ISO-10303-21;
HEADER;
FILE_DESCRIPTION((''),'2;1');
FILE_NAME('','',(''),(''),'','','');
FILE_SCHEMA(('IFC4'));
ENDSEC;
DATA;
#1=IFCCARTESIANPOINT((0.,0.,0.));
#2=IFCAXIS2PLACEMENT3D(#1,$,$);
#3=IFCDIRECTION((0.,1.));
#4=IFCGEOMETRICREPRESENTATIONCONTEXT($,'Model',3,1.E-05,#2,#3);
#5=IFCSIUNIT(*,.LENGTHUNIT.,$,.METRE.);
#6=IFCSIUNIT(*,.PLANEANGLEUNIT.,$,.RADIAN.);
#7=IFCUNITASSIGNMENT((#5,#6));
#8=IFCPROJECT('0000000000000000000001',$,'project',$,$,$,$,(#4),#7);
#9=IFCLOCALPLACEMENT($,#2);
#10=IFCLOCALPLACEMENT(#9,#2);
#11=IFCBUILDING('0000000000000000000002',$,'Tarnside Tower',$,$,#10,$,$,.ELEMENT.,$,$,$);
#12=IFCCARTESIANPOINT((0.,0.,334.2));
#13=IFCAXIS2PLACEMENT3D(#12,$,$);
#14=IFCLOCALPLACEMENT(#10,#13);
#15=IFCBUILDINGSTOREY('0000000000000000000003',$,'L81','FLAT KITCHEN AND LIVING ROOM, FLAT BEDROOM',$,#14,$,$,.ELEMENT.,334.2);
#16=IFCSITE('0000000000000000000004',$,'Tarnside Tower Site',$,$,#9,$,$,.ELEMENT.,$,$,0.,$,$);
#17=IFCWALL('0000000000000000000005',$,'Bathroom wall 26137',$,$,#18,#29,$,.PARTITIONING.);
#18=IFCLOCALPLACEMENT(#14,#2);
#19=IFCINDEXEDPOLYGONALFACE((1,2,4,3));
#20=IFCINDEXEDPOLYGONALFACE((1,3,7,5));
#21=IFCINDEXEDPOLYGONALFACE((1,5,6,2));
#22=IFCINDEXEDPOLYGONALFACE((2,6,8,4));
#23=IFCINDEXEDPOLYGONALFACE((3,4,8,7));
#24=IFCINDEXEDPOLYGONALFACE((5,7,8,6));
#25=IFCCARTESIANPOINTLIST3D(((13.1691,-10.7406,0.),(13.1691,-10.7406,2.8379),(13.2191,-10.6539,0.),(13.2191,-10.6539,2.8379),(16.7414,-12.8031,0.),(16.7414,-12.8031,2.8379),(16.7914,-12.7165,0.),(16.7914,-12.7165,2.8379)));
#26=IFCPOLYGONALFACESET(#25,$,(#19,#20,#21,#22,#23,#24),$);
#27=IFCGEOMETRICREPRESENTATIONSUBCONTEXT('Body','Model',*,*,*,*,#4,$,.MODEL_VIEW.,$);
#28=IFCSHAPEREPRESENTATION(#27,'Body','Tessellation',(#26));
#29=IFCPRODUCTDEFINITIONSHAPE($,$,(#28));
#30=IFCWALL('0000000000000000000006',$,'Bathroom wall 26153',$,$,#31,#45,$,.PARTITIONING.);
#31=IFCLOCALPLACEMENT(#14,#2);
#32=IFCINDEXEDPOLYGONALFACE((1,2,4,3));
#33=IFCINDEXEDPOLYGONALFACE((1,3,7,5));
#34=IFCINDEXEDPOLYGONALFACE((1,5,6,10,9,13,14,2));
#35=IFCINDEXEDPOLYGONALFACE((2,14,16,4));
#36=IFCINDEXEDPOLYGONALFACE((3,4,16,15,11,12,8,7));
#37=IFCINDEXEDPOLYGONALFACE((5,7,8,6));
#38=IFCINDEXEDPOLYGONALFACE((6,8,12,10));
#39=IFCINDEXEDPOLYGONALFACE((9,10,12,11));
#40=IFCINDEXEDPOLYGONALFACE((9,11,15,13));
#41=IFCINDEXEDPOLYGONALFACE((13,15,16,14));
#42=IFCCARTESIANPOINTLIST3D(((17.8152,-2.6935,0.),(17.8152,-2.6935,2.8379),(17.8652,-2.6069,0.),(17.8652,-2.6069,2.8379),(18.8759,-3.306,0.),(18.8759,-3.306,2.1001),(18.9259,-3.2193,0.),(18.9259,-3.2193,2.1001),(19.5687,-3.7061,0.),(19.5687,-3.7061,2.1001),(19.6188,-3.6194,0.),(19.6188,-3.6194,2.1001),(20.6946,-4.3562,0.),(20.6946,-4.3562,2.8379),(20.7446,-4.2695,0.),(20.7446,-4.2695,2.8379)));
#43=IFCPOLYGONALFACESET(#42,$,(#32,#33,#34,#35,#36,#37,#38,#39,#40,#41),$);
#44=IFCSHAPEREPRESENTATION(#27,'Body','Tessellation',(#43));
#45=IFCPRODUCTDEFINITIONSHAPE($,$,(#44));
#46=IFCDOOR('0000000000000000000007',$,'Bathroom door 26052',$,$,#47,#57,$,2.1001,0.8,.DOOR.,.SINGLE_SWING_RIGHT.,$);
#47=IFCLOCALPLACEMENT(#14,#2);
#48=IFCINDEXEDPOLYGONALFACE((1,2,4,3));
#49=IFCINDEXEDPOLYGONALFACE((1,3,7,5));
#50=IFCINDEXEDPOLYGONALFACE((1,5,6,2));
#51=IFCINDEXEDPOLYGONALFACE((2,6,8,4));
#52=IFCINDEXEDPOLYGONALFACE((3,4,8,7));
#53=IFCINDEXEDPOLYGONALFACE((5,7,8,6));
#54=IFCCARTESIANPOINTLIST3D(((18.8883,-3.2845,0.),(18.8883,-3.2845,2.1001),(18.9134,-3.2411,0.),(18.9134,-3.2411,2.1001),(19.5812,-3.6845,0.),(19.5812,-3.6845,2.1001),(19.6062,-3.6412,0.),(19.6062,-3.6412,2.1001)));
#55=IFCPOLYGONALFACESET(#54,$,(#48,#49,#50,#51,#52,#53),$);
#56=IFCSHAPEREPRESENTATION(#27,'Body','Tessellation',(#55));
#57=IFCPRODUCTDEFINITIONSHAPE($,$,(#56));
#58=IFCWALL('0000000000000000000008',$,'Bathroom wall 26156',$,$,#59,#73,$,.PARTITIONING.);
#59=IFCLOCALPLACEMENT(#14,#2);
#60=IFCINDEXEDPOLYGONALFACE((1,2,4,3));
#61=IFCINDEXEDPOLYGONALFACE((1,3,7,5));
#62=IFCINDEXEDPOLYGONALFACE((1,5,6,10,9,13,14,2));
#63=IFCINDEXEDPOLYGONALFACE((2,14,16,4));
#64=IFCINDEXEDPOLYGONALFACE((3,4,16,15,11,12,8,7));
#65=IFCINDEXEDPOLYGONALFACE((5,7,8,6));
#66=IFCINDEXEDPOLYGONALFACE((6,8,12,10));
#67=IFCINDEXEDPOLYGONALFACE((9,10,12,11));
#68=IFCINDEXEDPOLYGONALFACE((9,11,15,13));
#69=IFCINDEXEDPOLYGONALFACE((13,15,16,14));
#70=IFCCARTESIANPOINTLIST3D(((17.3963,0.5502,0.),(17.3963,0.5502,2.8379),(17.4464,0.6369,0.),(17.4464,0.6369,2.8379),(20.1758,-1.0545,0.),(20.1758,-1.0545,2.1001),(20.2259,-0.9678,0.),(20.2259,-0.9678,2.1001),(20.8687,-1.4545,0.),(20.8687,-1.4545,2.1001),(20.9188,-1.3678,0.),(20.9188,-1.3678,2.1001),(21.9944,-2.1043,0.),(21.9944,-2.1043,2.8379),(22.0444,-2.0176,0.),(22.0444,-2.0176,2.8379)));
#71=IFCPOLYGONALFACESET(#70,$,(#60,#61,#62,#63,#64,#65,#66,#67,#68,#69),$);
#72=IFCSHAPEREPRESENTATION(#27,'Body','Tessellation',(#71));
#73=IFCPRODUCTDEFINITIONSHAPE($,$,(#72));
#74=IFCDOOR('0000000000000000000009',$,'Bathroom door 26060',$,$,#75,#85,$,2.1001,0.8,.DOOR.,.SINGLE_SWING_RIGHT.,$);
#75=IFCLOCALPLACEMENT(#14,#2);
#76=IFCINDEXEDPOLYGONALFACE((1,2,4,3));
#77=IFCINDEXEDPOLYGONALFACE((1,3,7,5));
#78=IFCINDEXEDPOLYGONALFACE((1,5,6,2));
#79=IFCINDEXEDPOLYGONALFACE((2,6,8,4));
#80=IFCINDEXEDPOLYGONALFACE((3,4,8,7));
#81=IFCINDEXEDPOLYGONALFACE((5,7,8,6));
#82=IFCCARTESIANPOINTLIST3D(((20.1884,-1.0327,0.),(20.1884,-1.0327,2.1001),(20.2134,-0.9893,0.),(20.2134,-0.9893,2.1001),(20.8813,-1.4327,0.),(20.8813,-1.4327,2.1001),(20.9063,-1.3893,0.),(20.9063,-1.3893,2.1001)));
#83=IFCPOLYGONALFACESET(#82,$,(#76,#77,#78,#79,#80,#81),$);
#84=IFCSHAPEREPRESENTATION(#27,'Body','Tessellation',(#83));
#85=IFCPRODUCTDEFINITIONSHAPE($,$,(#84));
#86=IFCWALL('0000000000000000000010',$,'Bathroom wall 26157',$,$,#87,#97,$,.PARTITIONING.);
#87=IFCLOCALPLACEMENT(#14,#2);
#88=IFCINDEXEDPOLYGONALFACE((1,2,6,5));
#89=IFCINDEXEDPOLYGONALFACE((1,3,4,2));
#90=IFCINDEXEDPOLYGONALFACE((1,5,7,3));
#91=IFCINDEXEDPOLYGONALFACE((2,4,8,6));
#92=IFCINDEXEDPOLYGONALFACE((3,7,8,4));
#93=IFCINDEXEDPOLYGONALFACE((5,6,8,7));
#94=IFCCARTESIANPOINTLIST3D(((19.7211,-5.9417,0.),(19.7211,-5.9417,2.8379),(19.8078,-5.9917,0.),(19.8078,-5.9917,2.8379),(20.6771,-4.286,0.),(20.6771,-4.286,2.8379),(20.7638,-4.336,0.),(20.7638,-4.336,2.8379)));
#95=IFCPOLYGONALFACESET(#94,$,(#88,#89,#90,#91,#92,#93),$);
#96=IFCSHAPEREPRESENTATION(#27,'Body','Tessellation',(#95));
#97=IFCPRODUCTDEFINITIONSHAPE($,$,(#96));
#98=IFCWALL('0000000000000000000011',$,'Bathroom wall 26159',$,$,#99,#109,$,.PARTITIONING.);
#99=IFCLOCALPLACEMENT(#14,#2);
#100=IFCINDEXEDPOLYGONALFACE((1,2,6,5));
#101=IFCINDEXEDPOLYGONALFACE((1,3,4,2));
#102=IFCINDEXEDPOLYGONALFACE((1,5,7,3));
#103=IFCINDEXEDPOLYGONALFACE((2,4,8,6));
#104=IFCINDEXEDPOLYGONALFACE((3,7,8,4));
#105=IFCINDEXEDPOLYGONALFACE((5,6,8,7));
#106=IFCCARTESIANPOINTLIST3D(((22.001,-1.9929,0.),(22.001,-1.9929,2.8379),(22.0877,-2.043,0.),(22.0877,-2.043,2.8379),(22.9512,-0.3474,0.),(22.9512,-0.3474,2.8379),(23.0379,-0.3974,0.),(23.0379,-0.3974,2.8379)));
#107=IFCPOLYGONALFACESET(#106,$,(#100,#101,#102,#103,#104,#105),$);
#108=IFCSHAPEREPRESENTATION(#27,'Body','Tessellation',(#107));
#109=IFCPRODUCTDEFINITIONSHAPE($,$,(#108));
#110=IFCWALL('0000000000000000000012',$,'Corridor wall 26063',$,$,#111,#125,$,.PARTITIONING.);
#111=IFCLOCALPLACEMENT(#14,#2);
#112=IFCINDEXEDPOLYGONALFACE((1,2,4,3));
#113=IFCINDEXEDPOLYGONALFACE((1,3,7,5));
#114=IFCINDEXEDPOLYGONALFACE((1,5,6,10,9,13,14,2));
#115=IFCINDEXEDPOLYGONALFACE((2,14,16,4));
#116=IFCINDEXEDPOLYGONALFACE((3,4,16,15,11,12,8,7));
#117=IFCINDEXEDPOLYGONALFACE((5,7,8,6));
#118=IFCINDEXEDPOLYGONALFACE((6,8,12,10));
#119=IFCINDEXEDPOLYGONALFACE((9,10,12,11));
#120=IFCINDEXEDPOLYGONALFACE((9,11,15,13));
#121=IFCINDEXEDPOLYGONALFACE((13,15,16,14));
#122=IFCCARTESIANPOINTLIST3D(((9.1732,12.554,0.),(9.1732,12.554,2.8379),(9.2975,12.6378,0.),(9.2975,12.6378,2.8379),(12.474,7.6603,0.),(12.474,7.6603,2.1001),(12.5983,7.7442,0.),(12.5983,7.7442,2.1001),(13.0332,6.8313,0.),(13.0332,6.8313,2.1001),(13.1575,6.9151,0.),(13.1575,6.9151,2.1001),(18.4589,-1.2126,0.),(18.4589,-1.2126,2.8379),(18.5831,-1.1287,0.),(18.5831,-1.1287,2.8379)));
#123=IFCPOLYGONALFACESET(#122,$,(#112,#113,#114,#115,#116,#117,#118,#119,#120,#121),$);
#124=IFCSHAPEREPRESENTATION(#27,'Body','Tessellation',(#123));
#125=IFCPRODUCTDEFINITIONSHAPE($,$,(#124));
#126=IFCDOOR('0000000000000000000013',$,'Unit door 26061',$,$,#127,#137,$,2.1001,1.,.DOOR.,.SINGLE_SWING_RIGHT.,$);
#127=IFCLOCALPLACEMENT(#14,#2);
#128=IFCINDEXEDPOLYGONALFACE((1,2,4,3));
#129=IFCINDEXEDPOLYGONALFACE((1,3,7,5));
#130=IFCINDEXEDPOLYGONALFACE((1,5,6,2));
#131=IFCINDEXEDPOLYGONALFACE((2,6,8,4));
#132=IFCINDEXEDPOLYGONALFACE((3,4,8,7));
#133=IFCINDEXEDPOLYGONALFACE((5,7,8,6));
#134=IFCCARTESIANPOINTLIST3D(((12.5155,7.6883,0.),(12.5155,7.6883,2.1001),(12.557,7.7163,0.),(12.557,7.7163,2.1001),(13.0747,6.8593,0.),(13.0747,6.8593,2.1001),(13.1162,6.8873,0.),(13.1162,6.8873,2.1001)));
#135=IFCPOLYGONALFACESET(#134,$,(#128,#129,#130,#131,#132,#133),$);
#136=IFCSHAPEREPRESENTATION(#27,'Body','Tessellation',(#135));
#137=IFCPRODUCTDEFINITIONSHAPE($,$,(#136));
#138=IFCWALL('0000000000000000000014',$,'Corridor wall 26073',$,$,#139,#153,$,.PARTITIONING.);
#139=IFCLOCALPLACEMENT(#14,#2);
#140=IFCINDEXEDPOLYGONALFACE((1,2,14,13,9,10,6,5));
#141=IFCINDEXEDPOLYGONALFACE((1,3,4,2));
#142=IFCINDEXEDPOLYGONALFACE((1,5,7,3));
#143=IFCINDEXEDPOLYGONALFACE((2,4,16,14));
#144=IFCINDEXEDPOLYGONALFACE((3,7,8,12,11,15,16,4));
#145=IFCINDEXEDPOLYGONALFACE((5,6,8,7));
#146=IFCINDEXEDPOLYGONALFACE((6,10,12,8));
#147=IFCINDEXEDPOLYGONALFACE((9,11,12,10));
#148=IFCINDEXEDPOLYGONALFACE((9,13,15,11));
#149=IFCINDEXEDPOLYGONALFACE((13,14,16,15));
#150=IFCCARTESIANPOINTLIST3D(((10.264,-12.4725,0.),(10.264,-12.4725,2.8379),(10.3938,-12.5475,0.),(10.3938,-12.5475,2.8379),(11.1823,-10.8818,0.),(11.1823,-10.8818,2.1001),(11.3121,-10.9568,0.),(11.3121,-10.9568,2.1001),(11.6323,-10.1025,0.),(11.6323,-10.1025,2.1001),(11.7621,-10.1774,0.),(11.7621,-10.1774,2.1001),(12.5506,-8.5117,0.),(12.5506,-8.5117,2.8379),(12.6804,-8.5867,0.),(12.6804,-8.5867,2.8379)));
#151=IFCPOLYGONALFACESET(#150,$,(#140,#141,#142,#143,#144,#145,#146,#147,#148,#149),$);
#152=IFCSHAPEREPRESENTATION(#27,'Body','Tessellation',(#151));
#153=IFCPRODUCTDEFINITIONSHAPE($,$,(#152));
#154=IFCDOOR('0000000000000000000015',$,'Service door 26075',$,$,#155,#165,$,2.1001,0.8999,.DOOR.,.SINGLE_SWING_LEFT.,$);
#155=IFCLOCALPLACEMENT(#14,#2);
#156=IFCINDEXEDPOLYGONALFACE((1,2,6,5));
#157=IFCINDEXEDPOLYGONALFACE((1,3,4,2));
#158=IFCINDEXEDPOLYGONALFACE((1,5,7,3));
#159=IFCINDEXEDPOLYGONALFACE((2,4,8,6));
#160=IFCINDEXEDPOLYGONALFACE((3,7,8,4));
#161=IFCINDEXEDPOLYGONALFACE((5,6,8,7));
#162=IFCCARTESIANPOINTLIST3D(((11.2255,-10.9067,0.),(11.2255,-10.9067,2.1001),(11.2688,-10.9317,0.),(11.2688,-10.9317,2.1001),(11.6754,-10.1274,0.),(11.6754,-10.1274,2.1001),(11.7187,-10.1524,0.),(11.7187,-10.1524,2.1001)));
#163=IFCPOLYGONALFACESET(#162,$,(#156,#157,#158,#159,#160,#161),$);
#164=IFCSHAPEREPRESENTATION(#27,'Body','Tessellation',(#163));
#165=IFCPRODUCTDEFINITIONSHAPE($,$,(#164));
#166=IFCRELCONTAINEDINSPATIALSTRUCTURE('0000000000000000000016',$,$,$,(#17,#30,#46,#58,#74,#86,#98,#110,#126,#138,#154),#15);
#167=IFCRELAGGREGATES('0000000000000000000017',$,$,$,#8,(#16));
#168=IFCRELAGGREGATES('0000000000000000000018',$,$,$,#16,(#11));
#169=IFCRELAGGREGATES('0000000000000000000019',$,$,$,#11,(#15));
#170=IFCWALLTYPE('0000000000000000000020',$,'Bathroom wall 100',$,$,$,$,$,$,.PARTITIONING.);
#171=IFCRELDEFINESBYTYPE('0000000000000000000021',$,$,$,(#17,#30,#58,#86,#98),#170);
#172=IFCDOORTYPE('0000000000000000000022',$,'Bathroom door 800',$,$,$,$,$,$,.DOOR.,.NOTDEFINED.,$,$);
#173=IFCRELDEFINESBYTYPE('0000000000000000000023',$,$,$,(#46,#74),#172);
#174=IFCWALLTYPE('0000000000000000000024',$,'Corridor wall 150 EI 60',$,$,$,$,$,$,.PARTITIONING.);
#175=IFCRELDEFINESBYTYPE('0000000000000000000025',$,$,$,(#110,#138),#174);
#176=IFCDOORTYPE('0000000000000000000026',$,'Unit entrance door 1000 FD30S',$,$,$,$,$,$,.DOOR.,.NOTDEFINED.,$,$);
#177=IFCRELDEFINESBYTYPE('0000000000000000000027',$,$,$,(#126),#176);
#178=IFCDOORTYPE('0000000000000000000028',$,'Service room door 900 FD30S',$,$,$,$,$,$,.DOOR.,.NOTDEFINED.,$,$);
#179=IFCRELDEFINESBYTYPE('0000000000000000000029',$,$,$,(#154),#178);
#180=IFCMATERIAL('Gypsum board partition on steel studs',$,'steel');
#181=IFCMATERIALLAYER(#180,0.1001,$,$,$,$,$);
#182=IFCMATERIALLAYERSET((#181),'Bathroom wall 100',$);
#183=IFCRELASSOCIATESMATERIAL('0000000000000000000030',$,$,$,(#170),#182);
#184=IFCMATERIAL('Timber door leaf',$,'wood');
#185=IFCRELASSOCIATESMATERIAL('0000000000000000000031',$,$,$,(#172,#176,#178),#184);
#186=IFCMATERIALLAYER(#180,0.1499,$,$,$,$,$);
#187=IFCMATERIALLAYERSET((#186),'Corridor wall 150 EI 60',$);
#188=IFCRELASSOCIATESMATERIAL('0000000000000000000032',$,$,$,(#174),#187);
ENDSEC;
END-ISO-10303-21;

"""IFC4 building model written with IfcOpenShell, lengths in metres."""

from ifc_helpers import new_model, si_unit, direction, frame, frame_2d, origin, place, context, subcontext, project, spatial, rectangle, extrude, material, layer, layer_set, type_object, element, fill, save


model = new_model("IFC4")

# Units and contexts
model_context = context("Model", 3, precision=1e-05, world=origin(), true_north=direction((0.0, 1.0)))
body_context = subcontext(model_context, "Body", "Model", "MODEL_VIEW")
ifc_project = project(units=[si_unit("LENGTHUNIT", "METRE"), si_unit("PLANEANGLEUNIT", "RADIAN")], contexts=[model_context])

# Site, building, storey
site_placement = place(None, origin())
site = spatial("IfcSite", under=ifc_project, at=site_placement, Name="Tarnside Tower Site", CompositionType="ELEMENT", RefElevation=0.0)
building_placement = place(site_placement, origin())
building = spatial("IfcBuilding", under=site, at=building_placement, Name="Tarnside Tower", CompositionType="ELEMENT")
storey_placement = place(building_placement, frame((0.0, 0.0, 334.2)))
storey = spatial("IfcBuildingStorey", under=building, at=storey_placement, Name="L81", Description="FLAT KITCHEN AND LIVING ROOM, FLAT BEDROOM", CompositionType="ELEMENT", Elevation=334.2)

# Wall
ifc_material_1 = material(Name="Gypsum board partition on steel studs", Category="steel")
ifc_layer_1 = layer(ifc_material_1, 0.1001)
ifc_layer_set_1 = layer_set([ifc_layer_1], Name="Bathroom wall 100")
wall_type_1 = type_object("IfcWallType", Name="Bathroom wall 100", PredefinedType="PARTITIONING", material=ifc_layer_set_1)
wall_1_placement = place(storey_placement, frame((13.1941, -10.6973, 0.0), z_axis=(0.0, 0.0, 1.0), x_axis=(0.86602, -0.500009, 0.0)))
element("IfcWall", 1, at=wall_1_placement, inside=storey, type_object=wall_type_1, Name="Bathroom wall 26137", PredefinedType="PARTITIONING", context=body_context, shape_type="SweptSolid", body=[
    extrude(rectangle(XDim=4.125, YDim=0.1001, at=frame_2d((2.0625, 0.0))), origin(), (0.0, 0.0, 1.0), 2.8379),
])

# Walls, openings, doors
wall_2_placement = place(storey_placement, frame((17.8401, -2.6501, 0.0), z_axis=(0.0, 0.0, 1.0), x_axis=(0.866002, -0.50004, 0.0)))
wall_2 = element("IfcWall", 2, at=wall_2_placement, inside=storey, type_object=wall_type_1, Name="Bathroom wall 26153", PredefinedType="PARTITIONING", context=body_context, shape_type="SweptSolid", body=[
    extrude(rectangle(XDim=3.325, YDim=0.1001, at=frame_2d((1.6626, 0.0))), origin(), (0.0, 0.0, 1.0), 2.8379),
])
opening_1_placement = place(wall_2_placement, frame((1.2251, 0.0, 0.0)))
opening_1 = element("IfcOpeningElement", 3, at=opening_1_placement, cuts=wall_2, PredefinedType="OPENING", context=body_context, shape_type="SweptSolid", body=[
    extrude(rectangle(XDim=0.8, YDim=2.1001, at=frame_2d((0.3999, 1.05))), frame((0.0, 0.0601, 0.0), z_axis=(0.0, -1.0, 0.0), x_axis=(1.0, 0.0, 0.0)), (0.0, 0.0, 1.0), 0.1201),
])
ifc_material_2 = material(Name="Timber door leaf", Category="wood")
door_type_1 = type_object("IfcDoorType", Name="Bathroom door 800", OperationType="NOTDEFINED", PredefinedType="DOOR", material=ifc_material_2)
door_1_placement = place(opening_1_placement, origin())
door_1 = element("IfcDoor", 4, at=door_1_placement, inside=storey, type_object=door_type_1, Name="Bathroom door 26052", OperationType="SINGLE_SWING_RIGHT", OverallHeight=2.1001, OverallWidth=0.8, PredefinedType="DOOR", context=body_context, shape_type="SweptSolid", body=[
    extrude(rectangle(XDim=0.8, YDim=2.1001, at=frame_2d((0.3999, 1.05))), frame((0.0, 0.0249, 0.0), z_axis=(0.0, -1.0, 0.0), x_axis=(1.0, 0.0, 0.0)), (0.0, 0.0, 1.0), 0.05),
])
fill(opening_1, door_1)
wall_3_placement = place(storey_placement, frame((22.0195, -2.061, 0.0), z_axis=(0.0, 0.0, 1.0), x_axis=(-0.866042, 0.499972, 0.0)))
wall_3 = element("IfcWall", 5, at=wall_3_placement, inside=storey, type_object=wall_type_1, Name="Bathroom wall 26156", PredefinedType="PARTITIONING", context=body_context, shape_type="SweptSolid", body=[
    extrude(rectangle(XDim=5.3093, YDim=0.1001, at=frame_2d((2.6548, 0.0))), origin(), (0.0, 0.0, 1.0), 2.8379),
])
opening_2_placement = place(wall_3_placement, frame((1.3, 0.0, 0.0)))
opening_2 = element("IfcOpeningElement", 6, at=opening_2_placement, cuts=wall_3, PredefinedType="OPENING", context=body_context, shape_type="SweptSolid", body=[
    extrude(rectangle(XDim=0.8, YDim=2.1001, at=frame_2d((0.3999, 1.05))), frame((0.0, 0.0601, 0.0), z_axis=(0.0, -1.0, 0.0), x_axis=(1.0, 0.0, 0.0)), (0.0, 0.0, 1.0), 0.1201),
])
door_2_placement = place(opening_2_placement, origin())
door_2 = element("IfcDoor", 7, at=door_2_placement, inside=storey, type_object=door_type_1, Name="Bathroom door 26060", OperationType="SINGLE_SWING_RIGHT", OverallHeight=2.1001, OverallWidth=0.8, PredefinedType="DOOR", context=body_context, shape_type="SweptSolid", body=[
    extrude(rectangle(XDim=0.8, YDim=2.1001, at=frame_2d((0.3999, 1.05))), frame((0.0, 0.0249, 0.0), z_axis=(0.0, -1.0, 0.0), x_axis=(1.0, 0.0, 0.0)), (0.0, 0.0, 1.0), 0.05),
])
fill(opening_2, door_2)

# Walls
wall_4_placement = place(storey_placement, frame((19.7644, -5.9668, 0.0), z_axis=(0.0, 0.0, 1.0), x_axis=(0.500039, 0.866003, 0.0)))
element("IfcWall", 8, at=wall_4_placement, inside=storey, type_object=wall_type_1, Name="Bathroom wall 26157", PredefinedType="PARTITIONING", context=body_context, shape_type="SweptSolid", body=[
    extrude(rectangle(XDim=1.9119, YDim=0.1001, at=frame_2d((0.9561, 0.0))), origin(), (0.0, 0.0, 1.0), 2.8379),
])
wall_5_placement = place(storey_placement, frame((22.9946, -0.3723, 0.0), z_axis=(0.0, 0.0, 1.0), x_axis=(-0.500064, -0.865989, 0.0)))
element("IfcWall", 9, at=wall_5_placement, inside=storey, type_object=wall_type_1, Name="Bathroom wall 26159", PredefinedType="PARTITIONING", context=body_context, shape_type="SweptSolid", body=[
    extrude(rectangle(XDim=1.9001, YDim=0.1001, at=frame_2d((0.9502, 0.0))), origin(), (0.0, 0.0, 1.0), 2.8379),
])

# Walls, openings, doors
ifc_layer_2 = layer(ifc_material_1, 0.1499)
ifc_layer_set_2 = layer_set([ifc_layer_2], Name="Corridor wall 150 EI 60")
wall_type_2 = type_object("IfcWallType", Name="Corridor wall 150 EI 60", PredefinedType="PARTITIONING", material=ifc_layer_set_2)
wall_6_placement = place(storey_placement, frame((18.521, -1.1707, 0.0), z_axis=(0.0, 0.0, 1.0), x_axis=(-0.559191, 0.829039, 0.0)))
wall_6 = element("IfcWall", 10, at=wall_6_placement, inside=storey, type_object=wall_type_2, Name="Corridor wall 26063", PredefinedType="PARTITIONING", context=body_context, shape_type="SweptSolid", body=[
    extrude(rectangle(XDim=16.6055, YDim=0.1499, at=frame_2d((8.3027, 0.0))), origin(), (0.0, 0.0, 1.0), 2.8379),
])
opening_3_placement = place(wall_6_placement, frame((9.7026, 0.0, 0.0)))
opening_3 = element("IfcOpeningElement", 11, at=opening_3_placement, cuts=wall_6, PredefinedType="OPENING", context=body_context, shape_type="SweptSolid", body=[
    extrude(rectangle(XDim=1.0, YDim=2.1001, at=frame_2d((0.5, 1.05))), frame((0.0, 0.085, 0.0), z_axis=(0.0, -1.0, 0.0), x_axis=(1.0, 0.0, 0.0)), (0.0, 0.0, 1.0), 0.1699),
])
door_type_2 = type_object("IfcDoorType", Name="Unit entrance door 1000 FD30S", OperationType="NOTDEFINED", PredefinedType="DOOR", material=ifc_material_2)
door_3_placement = place(opening_3_placement, origin())
door_3 = element("IfcDoor", 12, at=door_3_placement, inside=storey, type_object=door_type_2, Name="Unit door 26061", OperationType="SINGLE_SWING_RIGHT", OverallHeight=2.1001, OverallWidth=1.0, PredefinedType="DOOR", context=body_context, shape_type="SweptSolid", body=[
    extrude(rectangle(XDim=1.0, YDim=2.1001, at=frame_2d((0.5, 1.05))), frame((0.0, 0.0249, 0.0), z_axis=(0.0, -1.0, 0.0), x_axis=(1.0, 0.0, 0.0)), (0.0, 0.0, 1.0), 0.05),
])
fill(opening_3, door_3)
wall_7_placement = place(storey_placement, frame((12.6155, -8.5493, 0.0), z_axis=(0.0, 0.0, 1.0), x_axis=(-0.499986, -0.866034, 0.0)))
wall_7 = element("IfcWall", 13, at=wall_7_placement, inside=storey, type_object=wall_type_2, Name="Corridor wall 26073", PredefinedType="PARTITIONING", context=body_context, shape_type="SweptSolid", body=[
    extrude(rectangle(XDim=4.5735, YDim=0.1499, at=frame_2d((2.2866, 0.0))), origin(), (0.0, 0.0, 1.0), 2.8379),
])
opening_4_placement = place(wall_7_placement, frame((1.8367, 0.0, 0.0)))
opening_4 = element("IfcOpeningElement", 14, at=opening_4_placement, cuts=wall_7, PredefinedType="OPENING", context=body_context, shape_type="SweptSolid", body=[
    extrude(rectangle(XDim=0.8999, YDim=2.1001, at=frame_2d((0.45, 1.05))), frame((0.0, 0.085, 0.0), z_axis=(0.0, -1.0, 0.0), x_axis=(1.0, 0.0, 0.0)), (0.0, 0.0, 1.0), 0.1699),
])
door_type_3 = type_object("IfcDoorType", Name="Service room door 900 FD30S", OperationType="NOTDEFINED", PredefinedType="DOOR", material=ifc_material_2)
door_4_placement = place(opening_4_placement, origin())
door_4 = element("IfcDoor", 15, at=door_4_placement, inside=storey, type_object=door_type_3, Name="Service door 26075", OperationType="SINGLE_SWING_LEFT", OverallHeight=2.1001, OverallWidth=0.8999, PredefinedType="DOOR", context=body_context, shape_type="SweptSolid", body=[
    extrude(rectangle(XDim=0.8999, YDim=2.1001, at=frame_2d((0.45, 1.05))), frame((0.0, 0.0249, 0.0), z_axis=(0.0, -1.0, 0.0), x_axis=(1.0, 0.0, 0.0)), (0.0, 0.0, 1.0), 0.05),
])
fill(opening_4, door_4)

save(model, "model.ifc")
